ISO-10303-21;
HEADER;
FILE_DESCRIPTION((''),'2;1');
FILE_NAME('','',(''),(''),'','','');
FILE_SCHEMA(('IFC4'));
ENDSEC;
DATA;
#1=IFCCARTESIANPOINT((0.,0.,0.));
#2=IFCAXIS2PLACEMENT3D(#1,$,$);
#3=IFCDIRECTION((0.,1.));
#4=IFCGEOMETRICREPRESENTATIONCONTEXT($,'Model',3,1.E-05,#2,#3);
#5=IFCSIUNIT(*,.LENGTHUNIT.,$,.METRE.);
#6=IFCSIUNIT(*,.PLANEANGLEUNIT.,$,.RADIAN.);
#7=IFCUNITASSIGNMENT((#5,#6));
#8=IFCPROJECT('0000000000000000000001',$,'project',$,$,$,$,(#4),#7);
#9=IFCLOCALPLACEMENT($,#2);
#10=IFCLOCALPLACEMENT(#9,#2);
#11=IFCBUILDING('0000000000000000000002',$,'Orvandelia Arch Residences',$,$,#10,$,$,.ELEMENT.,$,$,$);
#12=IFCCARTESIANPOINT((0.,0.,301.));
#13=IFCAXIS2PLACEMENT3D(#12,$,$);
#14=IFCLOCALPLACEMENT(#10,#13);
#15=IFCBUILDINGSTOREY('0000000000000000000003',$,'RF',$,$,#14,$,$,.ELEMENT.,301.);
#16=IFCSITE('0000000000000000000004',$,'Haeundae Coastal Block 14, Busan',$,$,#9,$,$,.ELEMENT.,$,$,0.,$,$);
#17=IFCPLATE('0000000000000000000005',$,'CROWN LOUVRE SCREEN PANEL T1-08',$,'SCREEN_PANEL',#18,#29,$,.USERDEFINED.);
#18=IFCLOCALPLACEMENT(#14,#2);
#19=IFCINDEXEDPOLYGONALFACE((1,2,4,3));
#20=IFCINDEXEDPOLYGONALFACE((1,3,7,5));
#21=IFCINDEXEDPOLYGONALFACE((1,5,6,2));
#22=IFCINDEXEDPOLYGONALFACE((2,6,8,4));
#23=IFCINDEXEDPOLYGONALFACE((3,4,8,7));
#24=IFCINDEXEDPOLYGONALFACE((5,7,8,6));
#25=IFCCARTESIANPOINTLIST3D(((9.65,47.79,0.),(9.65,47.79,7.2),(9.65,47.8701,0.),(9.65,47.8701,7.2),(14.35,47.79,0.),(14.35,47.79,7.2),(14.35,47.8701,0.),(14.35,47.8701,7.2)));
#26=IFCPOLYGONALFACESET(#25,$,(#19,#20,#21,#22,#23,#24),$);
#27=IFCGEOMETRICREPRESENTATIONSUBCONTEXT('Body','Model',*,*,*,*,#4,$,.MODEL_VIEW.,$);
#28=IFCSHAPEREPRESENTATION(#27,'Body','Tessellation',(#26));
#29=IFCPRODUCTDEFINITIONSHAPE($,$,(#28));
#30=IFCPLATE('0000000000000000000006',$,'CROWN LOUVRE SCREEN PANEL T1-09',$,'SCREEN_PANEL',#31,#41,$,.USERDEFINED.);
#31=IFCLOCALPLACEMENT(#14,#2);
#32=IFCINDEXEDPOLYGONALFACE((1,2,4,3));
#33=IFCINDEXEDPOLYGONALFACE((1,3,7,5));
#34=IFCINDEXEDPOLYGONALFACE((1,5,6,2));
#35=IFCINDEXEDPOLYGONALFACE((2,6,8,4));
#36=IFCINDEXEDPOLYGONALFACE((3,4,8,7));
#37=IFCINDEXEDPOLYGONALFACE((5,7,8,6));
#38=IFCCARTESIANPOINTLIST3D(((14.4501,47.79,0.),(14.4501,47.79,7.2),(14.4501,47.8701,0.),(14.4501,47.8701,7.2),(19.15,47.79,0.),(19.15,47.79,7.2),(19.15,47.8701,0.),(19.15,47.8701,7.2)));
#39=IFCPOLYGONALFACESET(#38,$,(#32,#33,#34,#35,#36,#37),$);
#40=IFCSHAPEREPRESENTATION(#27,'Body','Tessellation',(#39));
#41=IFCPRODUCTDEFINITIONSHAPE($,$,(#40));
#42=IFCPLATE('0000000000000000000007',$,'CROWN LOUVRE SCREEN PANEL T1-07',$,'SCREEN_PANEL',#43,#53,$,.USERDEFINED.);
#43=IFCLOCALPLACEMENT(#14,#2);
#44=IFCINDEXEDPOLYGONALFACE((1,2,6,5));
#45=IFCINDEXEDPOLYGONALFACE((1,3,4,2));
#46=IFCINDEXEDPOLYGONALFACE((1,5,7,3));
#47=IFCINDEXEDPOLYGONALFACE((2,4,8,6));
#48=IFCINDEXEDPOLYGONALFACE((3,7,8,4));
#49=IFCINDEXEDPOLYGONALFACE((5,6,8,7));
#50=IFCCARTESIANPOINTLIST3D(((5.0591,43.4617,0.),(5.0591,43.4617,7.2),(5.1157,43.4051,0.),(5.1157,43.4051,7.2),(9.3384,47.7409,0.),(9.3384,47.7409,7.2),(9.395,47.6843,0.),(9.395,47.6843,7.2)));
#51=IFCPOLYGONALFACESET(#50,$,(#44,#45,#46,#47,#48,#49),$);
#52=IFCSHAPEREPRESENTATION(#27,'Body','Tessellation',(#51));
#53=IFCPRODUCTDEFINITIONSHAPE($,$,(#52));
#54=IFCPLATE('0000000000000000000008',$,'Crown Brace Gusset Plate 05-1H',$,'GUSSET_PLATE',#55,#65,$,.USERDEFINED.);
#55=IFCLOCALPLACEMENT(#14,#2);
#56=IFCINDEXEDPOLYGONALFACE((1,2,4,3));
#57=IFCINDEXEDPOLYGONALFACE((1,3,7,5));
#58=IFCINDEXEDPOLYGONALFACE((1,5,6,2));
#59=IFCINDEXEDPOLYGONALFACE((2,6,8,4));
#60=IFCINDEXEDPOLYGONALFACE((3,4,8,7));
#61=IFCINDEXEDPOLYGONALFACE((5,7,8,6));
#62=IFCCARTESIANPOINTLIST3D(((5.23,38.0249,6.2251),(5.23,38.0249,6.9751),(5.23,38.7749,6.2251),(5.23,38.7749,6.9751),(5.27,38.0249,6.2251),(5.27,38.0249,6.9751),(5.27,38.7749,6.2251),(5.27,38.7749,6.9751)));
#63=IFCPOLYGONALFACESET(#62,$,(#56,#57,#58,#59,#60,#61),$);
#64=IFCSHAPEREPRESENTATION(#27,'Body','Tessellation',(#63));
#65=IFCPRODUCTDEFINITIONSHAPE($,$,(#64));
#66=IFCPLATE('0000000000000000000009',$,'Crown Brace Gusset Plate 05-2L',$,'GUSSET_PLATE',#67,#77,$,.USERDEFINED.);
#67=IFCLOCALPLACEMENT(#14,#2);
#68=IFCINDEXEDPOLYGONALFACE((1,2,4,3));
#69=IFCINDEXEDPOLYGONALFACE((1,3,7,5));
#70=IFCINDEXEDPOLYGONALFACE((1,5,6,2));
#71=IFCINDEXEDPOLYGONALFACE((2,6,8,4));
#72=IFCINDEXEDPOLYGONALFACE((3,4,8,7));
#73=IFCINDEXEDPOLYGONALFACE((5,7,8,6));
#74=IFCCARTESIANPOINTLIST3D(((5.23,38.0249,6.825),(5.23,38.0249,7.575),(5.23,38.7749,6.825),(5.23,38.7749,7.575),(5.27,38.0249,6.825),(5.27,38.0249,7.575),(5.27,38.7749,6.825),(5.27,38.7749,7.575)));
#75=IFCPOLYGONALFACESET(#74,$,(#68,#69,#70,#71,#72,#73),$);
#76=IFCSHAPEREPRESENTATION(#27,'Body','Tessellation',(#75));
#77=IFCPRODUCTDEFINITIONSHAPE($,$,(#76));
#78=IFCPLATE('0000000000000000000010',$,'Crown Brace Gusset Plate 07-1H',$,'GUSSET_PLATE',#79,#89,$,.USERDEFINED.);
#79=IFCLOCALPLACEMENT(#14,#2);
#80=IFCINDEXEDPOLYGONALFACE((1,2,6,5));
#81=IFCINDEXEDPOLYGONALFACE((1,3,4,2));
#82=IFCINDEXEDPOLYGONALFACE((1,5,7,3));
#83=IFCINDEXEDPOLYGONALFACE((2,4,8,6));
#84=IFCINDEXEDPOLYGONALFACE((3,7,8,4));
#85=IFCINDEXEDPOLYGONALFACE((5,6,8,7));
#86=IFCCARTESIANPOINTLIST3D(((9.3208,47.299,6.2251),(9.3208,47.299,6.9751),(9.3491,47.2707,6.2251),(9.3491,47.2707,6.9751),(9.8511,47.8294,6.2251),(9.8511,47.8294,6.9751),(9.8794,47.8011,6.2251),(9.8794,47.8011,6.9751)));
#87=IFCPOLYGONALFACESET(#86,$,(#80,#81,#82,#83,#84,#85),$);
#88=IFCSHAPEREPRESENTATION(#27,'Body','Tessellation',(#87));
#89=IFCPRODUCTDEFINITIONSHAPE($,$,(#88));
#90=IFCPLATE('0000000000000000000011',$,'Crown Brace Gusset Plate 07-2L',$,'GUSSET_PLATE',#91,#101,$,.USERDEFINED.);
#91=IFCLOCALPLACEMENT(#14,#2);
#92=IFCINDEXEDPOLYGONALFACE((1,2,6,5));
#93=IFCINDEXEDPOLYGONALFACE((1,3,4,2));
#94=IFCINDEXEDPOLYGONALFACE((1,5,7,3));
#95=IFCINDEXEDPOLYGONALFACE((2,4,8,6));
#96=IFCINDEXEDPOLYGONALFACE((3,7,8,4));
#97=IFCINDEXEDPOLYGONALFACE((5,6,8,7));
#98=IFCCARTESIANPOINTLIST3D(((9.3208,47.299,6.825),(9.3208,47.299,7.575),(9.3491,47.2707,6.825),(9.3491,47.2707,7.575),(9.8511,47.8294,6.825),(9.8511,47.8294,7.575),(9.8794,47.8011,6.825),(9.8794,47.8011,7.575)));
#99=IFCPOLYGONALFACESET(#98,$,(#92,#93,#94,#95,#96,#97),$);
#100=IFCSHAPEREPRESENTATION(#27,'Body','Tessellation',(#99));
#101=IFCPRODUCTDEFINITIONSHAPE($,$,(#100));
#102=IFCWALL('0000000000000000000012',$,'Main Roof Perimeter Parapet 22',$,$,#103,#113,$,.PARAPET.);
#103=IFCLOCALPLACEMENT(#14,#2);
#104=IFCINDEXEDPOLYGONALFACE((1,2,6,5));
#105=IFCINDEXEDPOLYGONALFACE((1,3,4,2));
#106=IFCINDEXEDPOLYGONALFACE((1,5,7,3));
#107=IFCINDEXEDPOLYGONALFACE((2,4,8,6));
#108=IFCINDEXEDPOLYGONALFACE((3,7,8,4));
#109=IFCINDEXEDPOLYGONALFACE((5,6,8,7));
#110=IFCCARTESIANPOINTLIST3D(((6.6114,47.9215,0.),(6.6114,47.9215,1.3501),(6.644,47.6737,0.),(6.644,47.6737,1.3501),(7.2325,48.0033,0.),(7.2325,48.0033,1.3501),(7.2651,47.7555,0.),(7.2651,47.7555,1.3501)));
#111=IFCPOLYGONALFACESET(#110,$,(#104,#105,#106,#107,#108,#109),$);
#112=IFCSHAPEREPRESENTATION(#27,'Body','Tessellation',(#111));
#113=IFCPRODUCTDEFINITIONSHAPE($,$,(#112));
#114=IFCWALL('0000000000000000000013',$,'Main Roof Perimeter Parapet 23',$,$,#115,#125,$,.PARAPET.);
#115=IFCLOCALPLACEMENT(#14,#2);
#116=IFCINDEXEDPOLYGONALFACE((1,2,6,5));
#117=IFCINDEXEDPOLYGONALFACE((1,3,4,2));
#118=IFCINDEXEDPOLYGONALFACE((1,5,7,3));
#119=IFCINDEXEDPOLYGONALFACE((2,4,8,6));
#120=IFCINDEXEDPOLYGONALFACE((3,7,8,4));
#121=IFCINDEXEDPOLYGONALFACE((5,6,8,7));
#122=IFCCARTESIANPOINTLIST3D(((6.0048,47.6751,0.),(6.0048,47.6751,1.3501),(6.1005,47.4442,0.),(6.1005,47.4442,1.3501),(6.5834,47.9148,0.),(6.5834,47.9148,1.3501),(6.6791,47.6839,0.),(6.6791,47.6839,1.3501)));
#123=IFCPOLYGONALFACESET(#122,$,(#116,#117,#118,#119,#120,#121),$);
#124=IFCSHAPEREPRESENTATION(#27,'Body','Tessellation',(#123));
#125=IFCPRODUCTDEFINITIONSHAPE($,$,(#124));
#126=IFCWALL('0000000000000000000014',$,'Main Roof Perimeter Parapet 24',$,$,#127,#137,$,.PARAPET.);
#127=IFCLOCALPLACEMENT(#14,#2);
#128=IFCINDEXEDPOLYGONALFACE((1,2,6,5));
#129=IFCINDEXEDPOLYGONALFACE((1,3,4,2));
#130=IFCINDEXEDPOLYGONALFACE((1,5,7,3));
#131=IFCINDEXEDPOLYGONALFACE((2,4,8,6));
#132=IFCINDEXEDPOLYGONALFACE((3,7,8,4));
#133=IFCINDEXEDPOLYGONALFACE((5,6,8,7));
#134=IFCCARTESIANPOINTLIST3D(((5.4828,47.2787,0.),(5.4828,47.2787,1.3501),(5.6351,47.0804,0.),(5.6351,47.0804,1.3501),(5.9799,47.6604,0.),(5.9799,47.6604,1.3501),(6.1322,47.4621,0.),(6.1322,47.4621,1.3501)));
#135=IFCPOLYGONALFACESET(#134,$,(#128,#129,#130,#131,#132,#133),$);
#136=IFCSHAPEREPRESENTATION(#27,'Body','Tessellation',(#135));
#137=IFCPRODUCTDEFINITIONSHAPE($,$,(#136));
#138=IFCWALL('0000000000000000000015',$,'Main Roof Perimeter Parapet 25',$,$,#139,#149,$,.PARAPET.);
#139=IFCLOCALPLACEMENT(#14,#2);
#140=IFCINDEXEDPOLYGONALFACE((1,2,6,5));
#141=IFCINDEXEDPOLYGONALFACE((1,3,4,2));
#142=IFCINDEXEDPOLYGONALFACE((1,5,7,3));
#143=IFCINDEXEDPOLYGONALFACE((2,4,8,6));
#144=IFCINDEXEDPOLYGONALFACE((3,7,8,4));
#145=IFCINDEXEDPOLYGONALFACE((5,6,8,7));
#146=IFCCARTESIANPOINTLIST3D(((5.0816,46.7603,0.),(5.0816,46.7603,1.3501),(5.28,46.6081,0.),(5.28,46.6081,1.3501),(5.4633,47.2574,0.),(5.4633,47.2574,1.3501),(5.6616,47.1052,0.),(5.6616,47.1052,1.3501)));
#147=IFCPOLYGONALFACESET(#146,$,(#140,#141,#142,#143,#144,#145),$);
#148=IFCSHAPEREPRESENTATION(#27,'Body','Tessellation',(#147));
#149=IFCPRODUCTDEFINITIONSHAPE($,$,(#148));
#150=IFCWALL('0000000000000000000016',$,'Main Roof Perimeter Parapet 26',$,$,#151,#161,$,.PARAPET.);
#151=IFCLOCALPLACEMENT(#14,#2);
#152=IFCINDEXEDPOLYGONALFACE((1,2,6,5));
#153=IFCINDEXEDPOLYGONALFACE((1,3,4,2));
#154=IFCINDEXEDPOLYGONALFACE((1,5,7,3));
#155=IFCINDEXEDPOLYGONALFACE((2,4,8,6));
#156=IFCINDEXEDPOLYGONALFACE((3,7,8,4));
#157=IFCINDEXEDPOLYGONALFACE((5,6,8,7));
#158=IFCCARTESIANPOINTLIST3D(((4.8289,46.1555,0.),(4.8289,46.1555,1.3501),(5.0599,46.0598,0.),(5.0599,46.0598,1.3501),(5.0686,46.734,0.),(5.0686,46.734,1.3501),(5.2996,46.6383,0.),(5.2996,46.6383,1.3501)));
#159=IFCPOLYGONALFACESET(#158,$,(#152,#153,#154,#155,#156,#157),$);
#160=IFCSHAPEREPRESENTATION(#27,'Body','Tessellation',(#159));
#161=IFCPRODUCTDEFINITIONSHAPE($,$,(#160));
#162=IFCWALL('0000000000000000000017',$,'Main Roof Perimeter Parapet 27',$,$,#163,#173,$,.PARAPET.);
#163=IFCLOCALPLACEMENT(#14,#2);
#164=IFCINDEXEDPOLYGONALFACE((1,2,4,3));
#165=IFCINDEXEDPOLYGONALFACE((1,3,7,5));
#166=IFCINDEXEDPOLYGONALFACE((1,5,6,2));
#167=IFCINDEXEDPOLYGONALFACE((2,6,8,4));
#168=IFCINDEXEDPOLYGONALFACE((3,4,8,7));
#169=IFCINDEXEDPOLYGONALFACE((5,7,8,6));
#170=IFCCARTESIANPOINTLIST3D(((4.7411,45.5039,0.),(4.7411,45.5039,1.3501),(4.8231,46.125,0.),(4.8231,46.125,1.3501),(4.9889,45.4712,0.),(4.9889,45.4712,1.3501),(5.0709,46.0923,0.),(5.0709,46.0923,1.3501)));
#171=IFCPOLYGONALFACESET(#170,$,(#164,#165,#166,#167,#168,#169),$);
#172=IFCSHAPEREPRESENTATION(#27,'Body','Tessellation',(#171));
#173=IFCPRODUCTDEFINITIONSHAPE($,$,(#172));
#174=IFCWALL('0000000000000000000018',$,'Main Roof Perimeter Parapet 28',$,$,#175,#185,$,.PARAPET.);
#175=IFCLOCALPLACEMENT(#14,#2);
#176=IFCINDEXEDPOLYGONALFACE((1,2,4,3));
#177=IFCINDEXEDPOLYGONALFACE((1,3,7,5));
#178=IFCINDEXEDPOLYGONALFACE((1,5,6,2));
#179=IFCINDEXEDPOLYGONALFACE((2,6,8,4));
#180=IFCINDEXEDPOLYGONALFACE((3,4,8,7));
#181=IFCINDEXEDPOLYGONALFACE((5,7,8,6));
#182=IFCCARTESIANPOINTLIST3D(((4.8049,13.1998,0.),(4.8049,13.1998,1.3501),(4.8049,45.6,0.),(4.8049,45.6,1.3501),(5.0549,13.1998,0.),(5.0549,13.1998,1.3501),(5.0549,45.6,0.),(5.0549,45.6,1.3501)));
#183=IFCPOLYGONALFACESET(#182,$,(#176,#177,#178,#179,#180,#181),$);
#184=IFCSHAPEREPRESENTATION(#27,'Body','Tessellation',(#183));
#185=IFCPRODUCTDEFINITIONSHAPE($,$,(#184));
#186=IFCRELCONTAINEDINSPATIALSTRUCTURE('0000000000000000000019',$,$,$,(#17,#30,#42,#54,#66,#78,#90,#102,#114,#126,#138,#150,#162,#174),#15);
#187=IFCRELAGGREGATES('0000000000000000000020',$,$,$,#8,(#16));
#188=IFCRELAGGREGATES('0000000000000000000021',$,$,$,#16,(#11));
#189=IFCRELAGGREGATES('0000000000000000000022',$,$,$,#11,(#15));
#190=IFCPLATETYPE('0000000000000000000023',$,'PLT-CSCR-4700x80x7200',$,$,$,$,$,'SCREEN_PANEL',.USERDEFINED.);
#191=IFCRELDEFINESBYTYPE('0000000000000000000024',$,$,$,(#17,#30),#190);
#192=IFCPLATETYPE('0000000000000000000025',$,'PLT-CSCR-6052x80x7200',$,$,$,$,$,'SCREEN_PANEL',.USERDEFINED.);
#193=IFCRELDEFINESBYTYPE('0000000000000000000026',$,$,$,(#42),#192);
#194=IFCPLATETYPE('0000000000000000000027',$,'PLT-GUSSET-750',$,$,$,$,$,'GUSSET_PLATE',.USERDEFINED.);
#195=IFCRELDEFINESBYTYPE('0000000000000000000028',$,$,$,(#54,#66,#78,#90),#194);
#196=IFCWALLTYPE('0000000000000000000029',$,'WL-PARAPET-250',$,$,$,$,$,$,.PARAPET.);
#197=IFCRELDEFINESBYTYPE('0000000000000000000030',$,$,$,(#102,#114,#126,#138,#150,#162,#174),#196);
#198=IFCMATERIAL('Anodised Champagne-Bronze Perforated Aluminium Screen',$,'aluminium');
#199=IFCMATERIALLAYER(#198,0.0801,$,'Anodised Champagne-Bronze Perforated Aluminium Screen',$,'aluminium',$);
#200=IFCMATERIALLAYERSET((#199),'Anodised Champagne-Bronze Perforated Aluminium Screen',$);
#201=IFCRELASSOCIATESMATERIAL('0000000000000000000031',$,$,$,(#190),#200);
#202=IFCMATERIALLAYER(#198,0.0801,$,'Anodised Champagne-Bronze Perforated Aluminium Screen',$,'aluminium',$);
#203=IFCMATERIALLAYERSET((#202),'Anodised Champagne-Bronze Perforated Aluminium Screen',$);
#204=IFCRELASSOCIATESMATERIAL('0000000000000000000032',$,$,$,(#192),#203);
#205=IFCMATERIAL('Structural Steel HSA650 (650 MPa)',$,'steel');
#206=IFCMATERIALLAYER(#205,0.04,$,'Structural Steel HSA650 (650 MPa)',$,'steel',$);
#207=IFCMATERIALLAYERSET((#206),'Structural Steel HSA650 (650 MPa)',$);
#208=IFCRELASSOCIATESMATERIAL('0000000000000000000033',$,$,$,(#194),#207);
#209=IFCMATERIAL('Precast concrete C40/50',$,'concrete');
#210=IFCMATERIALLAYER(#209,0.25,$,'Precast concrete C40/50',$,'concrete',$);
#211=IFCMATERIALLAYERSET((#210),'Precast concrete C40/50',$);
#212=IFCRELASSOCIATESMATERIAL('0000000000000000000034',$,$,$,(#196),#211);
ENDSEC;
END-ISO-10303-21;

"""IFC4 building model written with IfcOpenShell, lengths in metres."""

from ifc_helpers import new_model, si_unit, direction, frame, frame_2d, origin, origin_2d, place, context, subcontext, project, spatial, rectangle, extrude, material, layer, layer_set, type_object, element, save


model = new_model("IFC4")

# Units and contexts
model_context = context("Model", 3, precision=1e-05, world=origin(), true_north=direction((0.0, 1.0)))
body_context = subcontext(model_context, "Body", "Model", "MODEL_VIEW")
ifc_project = project(units=[si_unit("LENGTHUNIT", "METRE"), si_unit("PLANEANGLEUNIT", "RADIAN")], contexts=[model_context])

# Site, building, storey
site_placement = place(None, origin())
site = spatial("IfcSite", under=ifc_project, at=site_placement, Name="Haeundae Coastal Block 14, Busan", CompositionType="ELEMENT", RefElevation=0.0)
building_placement = place(site_placement, origin())
building = spatial("IfcBuilding", under=site, at=building_placement, Name="Orvandelia Arch Residences", CompositionType="ELEMENT")
storey_placement = place(building_placement, frame((0.0, 0.0, 301.0)))
storey = spatial("IfcBuildingStorey", under=building, at=storey_placement, Name="RF", CompositionType="ELEMENT", Elevation=301.0)

# Shared definitions
ifc_material_1 = material(Name="Structural Steel HSA650 (650 MPa)", Category="steel")

# Plates
ifc_material_2 = material(Name="Anodised Champagne-Bronze Perforated Aluminium Screen", Category="aluminium")
ifc_layer_1 = layer(ifc_material_2, 0.0801, Name="Anodised Champagne-Bronze Perforated Aluminium Screen", Category="aluminium")
ifc_layer_set_1 = layer_set([ifc_layer_1], Name="Anodised Champagne-Bronze Perforated Aluminium Screen")
plate_type_1 = type_object("IfcPlateType", Name="PLT-CSCR-4700x80x7200", ElementType="SCREEN_PANEL", PredefinedType="USERDEFINED", material=ifc_layer_set_1)
for number, where, z_axis, x_axis, name in (
    (1, (12.0, 47.8301, 0.0), (0.0, 0.0, 1.0), (1.0, 0.0, 0.0), "CROWN LOUVRE SCREEN PANEL T1-08"),
    (2, (16.8, 47.8301, 0.0), (0.0, 0.0, 1.0), (1.0, 0.0, 0.0), "CROWN LOUVRE SCREEN PANEL T1-09"),
):
    element("IfcPlate", number, at=place(storey_placement, frame(where, z_axis=z_axis, x_axis=x_axis)), inside=storey, type_object=plate_type_1, Name=name, ObjectType="SCREEN_PANEL", PredefinedType="USERDEFINED", context=body_context, shape_type="SweptSolid", body=[
        extrude(rectangle(XDim=4.7, YDim=0.0801, at=origin_2d()), origin(), (0.0, 0.0, 1.0), 7.2),
    ])
ifc_layer_2 = layer(ifc_material_2, 0.0801, Name="Anodised Champagne-Bronze Perforated Aluminium Screen", Category="aluminium")
ifc_layer_set_2 = layer_set([ifc_layer_2], Name="Anodised Champagne-Bronze Perforated Aluminium Screen")
plate_type_2 = type_object("IfcPlateType", Name="PLT-CSCR-6052x80x7200", ElementType="SCREEN_PANEL", PredefinedType="USERDEFINED", material=ifc_layer_set_2)
plate_placement = place(storey_placement, frame((7.2271, 45.573, 0.0), z_axis=(0.0, 0.0, 1.0), x_axis=(0.707107, 0.707107, 0.0)))
element("IfcPlate", 3, at=plate_placement, inside=storey, type_object=plate_type_2, Name="CROWN LOUVRE SCREEN PANEL T1-07", ObjectType="SCREEN_PANEL", PredefinedType="USERDEFINED", context=body_context, shape_type="SweptSolid", body=[
    extrude(rectangle(XDim=6.0518, YDim=0.0801, at=origin_2d()), origin(), (0.0, 0.0, 1.0), 7.2),
])
ifc_layer_3 = layer(ifc_material_1, 0.04, Name="Structural Steel HSA650 (650 MPa)", Category="steel")
ifc_layer_set_3 = layer_set([ifc_layer_3], Name="Structural Steel HSA650 (650 MPa)")
plate_type_3 = type_object("IfcPlateType", Name="PLT-GUSSET-750", ElementType="GUSSET_PLATE", PredefinedType="USERDEFINED", material=ifc_layer_set_3)
for number, where, z_axis, x_axis, name in (
    (4, (5.25, 38.3999, 6.2251), (0.0, 0.0, 1.0), (0.0, 1.0, 0.0), "Crown Brace Gusset Plate 05-1H"),
    (5, (5.25, 38.3999, 6.825), (0.0, 0.0, 1.0), (0.0, 1.0, 0.0), "Crown Brace Gusset Plate 05-2L"),
    (6, (9.6001, 47.55, 6.2251), (0.0, 0.0, 1.0), (0.707107, 0.707107, 0.0), "Crown Brace Gusset Plate 07-1H"),
    (7, (9.6001, 47.55, 6.825), (0.0, 0.0, 1.0), (0.707107, 0.707107, 0.0), "Crown Brace Gusset Plate 07-2L"),
):
    element("IfcPlate", number, at=place(storey_placement, frame(where, z_axis=z_axis, x_axis=x_axis)), inside=storey, type_object=plate_type_3, Name=name, ObjectType="GUSSET_PLATE", PredefinedType="USERDEFINED", context=body_context, shape_type="SweptSolid", body=[
        extrude(rectangle(XDim=0.75, YDim=0.04, at=origin_2d()), origin(), (0.0, 0.0, 1.0), 0.75),
    ])

# Walls
ifc_material_3 = material(Name="Precast concrete C40/50", Category="concrete")
ifc_layer_4 = layer(ifc_material_3, 0.25, Name="Precast concrete C40/50", Category="concrete")
ifc_layer_set_4 = layer_set([ifc_layer_4], Name="Precast concrete C40/50")
wall_type = type_object("IfcWallType", Name="WL-PARAPET-250", PredefinedType="PARAPET", material=ifc_layer_set_4)
wall_1_placement = place(storey_placement, frame((7.2488, 47.8794, 0.0), z_axis=(0.0, 0.0, 1.0), x_axis=(-0.991441, -0.130555, 0.0)))
element("IfcWall", 8, at=wall_1_placement, inside=storey, type_object=wall_type, Name="Main Roof Perimeter Parapet 22", PredefinedType="PARAPET", context=body_context, shape_type="SweptSolid", body=[
    extrude(rectangle(XDim=0.6265, YDim=0.25, at=frame_2d((0.3132, 0.0))), origin(), (0.0, 0.0, 1.0), 1.3501),
])
wall_2_placement = place(storey_placement, frame((6.6311, 47.7993, 0.0), z_axis=(0.0, 0.0, 1.0), x_axis=(-0.923836, -0.382788, 0.0)))
element("IfcWall", 9, at=wall_2_placement, inside=storey, type_object=wall_type, Name="Main Roof Perimeter Parapet 23", PredefinedType="PARAPET", context=body_context, shape_type="SweptSolid", body=[
    extrude(rectangle(XDim=0.6262, YDim=0.25, at=frame_2d((0.313, 0.0))), origin(), (0.0, 0.0, 1.0), 1.3501),
])
for number, where, z_axis, x_axis, name in (
    (10, (6.0562, 47.5613, 0.0), (0.0, 0.0, 1.0), (-0.793217, -0.608939, 0.0), "Main Roof Perimeter Parapet 24"),
    (11, (5.5625, 47.1814, 0.0), (0.0, 0.0, 1.0), (-0.608939, -0.793217, 0.0), "Main Roof Perimeter Parapet 25"),
):
    element("IfcWall", number, at=place(storey_placement, frame(where, z_axis=z_axis, x_axis=x_axis)), inside=storey, type_object=wall_type, Name=name, PredefinedType="PARAPET", context=body_context, shape_type="SweptSolid", body=[
        extrude(rectangle(XDim=0.6267, YDim=0.25, at=frame_2d((0.3135, 0.0))), origin(), (0.0, 0.0, 1.0), 1.3501),
    ])
wall_3_placement = place(storey_placement, frame((5.1841, 46.686, 0.0), z_axis=(0.0, 0.0, 1.0), x_axis=(-0.382788, -0.923836, 0.0)))
element("IfcWall", 12, at=wall_3_placement, inside=storey, type_object=wall_type, Name="Main Roof Perimeter Parapet 26", PredefinedType="PARAPET", context=body_context, shape_type="SweptSolid", body=[
    extrude(rectangle(XDim=0.6262, YDim=0.25, at=frame_2d((0.313, 0.0))), origin(), (0.0, 0.0, 1.0), 1.3501),
])
wall_4_placement = place(storey_placement, frame((4.947, 46.1086, 0.0), z_axis=(0.0, 0.0, 1.0), x_axis=(-0.130938, -0.991391, 0.0)))
element("IfcWall", 13, at=wall_4_placement, inside=storey, type_object=wall_type, Name="Main Roof Perimeter Parapet 27", PredefinedType="PARAPET", context=body_context, shape_type="SweptSolid", body=[
    extrude(rectangle(XDim=0.6265, YDim=0.25, at=frame_2d((0.3132, 0.0))), origin(), (0.0, 0.0, 1.0), 1.3501),
])
wall_5_placement = place(storey_placement, frame((4.9299, 45.6001, 0.0), z_axis=(0.0, 0.0, 1.0), x_axis=(0.0, -1.0, 0.0)))
element("IfcWall", 14, at=wall_5_placement, inside=storey, type_object=wall_type, Name="Main Roof Perimeter Parapet 28", PredefinedType="PARAPET", context=body_context, shape_type="SweptSolid", body=[
    extrude(rectangle(XDim=32.4001, YDim=0.25, at=frame_2d((16.2002, 0.0))), origin(), (0.0, 0.0, 1.0), 1.3501),
])

save(model, "model.ifc")
